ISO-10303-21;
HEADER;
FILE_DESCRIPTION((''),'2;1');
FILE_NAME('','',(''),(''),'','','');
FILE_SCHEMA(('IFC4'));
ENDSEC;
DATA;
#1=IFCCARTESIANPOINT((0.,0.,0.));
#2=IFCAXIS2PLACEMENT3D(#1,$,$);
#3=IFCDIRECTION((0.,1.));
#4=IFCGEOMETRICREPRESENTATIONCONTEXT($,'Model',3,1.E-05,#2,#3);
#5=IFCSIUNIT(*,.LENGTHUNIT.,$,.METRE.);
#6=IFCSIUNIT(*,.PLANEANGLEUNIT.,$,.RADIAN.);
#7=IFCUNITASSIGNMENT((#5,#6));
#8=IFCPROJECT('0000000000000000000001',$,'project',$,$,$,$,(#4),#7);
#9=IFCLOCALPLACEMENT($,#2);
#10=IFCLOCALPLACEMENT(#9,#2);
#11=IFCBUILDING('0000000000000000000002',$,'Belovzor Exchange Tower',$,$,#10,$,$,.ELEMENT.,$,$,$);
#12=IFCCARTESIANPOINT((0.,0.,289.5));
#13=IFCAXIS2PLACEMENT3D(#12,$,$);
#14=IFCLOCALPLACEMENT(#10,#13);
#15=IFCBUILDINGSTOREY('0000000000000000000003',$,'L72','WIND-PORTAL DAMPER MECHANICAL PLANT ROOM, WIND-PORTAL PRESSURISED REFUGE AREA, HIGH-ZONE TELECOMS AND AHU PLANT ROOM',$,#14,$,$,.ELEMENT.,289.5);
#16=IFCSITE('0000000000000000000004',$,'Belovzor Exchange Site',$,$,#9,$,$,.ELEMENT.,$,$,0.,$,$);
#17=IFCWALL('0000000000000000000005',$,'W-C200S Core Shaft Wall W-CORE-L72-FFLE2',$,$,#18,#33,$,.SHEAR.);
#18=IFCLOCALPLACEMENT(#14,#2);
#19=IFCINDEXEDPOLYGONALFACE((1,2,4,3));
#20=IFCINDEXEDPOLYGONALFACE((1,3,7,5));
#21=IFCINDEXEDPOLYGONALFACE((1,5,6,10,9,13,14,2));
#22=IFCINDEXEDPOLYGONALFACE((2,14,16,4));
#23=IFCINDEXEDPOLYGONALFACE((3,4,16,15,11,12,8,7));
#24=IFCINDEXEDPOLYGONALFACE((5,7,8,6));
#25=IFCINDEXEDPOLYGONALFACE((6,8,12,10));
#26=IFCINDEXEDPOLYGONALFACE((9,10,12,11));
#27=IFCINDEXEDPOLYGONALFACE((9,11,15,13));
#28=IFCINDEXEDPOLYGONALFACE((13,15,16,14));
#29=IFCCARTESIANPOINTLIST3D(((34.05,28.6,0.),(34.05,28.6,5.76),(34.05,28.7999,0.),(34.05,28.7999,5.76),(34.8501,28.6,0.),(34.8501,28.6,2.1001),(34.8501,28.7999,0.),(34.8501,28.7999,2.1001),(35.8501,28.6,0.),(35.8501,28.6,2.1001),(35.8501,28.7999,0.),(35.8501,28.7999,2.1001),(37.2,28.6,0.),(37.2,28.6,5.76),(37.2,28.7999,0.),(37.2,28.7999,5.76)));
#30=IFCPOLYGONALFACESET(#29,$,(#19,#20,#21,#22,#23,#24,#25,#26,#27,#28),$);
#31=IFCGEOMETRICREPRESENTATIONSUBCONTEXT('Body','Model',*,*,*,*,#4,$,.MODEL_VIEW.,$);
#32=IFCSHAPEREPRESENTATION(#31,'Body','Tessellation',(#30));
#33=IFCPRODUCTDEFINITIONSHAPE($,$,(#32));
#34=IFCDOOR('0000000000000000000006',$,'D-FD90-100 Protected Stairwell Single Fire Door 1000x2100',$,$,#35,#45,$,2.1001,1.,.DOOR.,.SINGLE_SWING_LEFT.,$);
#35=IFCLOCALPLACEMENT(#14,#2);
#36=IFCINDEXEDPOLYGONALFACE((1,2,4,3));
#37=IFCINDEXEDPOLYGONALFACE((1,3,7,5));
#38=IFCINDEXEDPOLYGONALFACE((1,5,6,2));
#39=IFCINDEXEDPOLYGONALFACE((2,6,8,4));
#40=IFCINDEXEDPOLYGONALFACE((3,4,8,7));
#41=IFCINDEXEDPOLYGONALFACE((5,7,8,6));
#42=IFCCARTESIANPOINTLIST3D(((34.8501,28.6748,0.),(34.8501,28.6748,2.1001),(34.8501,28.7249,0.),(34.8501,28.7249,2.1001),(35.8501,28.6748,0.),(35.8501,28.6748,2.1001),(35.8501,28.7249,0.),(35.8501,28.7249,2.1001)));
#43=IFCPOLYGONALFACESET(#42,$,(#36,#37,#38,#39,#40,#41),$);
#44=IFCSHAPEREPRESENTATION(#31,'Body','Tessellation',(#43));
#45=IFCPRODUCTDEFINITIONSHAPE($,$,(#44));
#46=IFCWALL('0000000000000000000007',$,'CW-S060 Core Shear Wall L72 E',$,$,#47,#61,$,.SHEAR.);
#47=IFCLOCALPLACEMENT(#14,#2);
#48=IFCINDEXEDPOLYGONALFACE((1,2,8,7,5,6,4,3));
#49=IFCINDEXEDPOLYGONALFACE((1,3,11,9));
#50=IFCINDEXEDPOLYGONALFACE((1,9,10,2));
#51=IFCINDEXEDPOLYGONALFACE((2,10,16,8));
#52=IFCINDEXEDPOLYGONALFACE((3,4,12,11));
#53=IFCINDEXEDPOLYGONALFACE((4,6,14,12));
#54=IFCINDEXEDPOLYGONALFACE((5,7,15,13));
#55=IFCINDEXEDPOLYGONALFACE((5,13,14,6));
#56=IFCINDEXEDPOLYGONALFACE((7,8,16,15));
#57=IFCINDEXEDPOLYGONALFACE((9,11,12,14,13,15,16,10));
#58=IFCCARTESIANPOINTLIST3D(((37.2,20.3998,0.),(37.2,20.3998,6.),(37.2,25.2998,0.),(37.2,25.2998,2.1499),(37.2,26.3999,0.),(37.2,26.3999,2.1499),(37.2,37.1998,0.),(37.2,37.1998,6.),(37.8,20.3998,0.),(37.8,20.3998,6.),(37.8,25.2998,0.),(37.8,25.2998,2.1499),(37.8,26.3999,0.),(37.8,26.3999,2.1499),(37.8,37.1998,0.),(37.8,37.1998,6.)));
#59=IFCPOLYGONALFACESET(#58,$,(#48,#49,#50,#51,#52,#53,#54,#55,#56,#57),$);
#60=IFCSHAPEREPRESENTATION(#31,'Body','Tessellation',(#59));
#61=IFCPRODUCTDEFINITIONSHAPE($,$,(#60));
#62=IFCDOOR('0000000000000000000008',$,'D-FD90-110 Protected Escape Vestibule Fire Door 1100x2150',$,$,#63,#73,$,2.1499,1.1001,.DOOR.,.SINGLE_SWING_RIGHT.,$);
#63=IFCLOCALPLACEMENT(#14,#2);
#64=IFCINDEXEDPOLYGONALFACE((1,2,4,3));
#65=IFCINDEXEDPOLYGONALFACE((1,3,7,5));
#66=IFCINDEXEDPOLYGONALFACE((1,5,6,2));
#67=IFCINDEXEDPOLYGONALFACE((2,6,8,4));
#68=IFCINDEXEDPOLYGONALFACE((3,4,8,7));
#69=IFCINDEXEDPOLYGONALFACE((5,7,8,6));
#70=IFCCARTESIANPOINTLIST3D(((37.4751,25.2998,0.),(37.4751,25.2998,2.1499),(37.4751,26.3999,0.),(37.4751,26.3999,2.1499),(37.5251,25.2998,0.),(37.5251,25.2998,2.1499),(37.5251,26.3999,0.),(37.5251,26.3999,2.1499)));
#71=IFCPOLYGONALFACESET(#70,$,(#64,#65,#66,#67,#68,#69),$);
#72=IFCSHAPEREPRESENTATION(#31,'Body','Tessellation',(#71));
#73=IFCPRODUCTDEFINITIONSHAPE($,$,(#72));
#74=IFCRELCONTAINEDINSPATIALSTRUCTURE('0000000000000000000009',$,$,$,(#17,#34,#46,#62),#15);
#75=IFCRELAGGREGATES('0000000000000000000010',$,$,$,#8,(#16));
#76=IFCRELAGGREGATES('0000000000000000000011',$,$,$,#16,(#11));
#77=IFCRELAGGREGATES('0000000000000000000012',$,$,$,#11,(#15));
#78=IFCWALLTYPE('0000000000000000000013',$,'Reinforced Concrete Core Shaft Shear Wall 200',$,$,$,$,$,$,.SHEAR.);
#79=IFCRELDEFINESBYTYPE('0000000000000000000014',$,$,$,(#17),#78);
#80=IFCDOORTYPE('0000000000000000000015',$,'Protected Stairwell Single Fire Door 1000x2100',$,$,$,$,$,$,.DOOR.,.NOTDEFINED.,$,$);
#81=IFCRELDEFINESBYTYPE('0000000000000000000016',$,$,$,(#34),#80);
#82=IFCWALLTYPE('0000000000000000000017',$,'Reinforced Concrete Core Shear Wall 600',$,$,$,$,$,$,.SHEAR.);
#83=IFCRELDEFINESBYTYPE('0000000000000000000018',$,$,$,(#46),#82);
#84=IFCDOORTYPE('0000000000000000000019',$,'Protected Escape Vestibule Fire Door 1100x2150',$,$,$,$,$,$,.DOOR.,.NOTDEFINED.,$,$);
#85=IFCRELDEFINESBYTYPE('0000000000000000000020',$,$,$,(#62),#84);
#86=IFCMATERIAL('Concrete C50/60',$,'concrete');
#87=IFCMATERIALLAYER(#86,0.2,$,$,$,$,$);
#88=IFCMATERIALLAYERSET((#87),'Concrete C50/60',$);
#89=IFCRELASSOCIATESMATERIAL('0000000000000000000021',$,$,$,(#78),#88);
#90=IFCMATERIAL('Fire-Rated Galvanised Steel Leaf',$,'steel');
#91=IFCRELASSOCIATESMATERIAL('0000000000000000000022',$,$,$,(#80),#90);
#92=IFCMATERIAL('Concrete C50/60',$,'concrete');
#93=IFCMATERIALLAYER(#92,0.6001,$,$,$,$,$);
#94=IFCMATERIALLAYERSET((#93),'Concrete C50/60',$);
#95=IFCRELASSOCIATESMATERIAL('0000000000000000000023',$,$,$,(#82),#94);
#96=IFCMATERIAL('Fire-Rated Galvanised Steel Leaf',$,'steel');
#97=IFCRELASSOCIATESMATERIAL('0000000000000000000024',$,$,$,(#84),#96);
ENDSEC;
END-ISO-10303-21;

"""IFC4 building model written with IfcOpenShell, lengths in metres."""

from ifc_helpers import new_model, si_unit, direction, frame, frame_2d, origin, place, context, subcontext, project, spatial, rectangle, extrude, material, layer, layer_set, type_object, element, fill, save


model = new_model("IFC4")

# Units and contexts
model_context = context("Model", 3, precision=1e-05, world=origin(), true_north=direction((0.0, 1.0)))
body_context = subcontext(model_context, "Body", "Model", "MODEL_VIEW")
ifc_project = project(units=[si_unit("LENGTHUNIT", "METRE"), si_unit("PLANEANGLEUNIT", "RADIAN")], contexts=[model_context])

# Site, building, storey
site_placement = place(None, origin())
site = spatial("IfcSite", under=ifc_project, at=site_placement, Name="Belovzor Exchange Site", CompositionType="ELEMENT", RefElevation=0.0)
building_placement = place(site_placement, origin())
building = spatial("IfcBuilding", under=site, at=building_placement, Name="Belovzor Exchange Tower", CompositionType="ELEMENT")
storey_placement = place(building_placement, frame((0.0, 0.0, 289.5)))
storey = spatial("IfcBuildingStorey", under=building, at=storey_placement, Name="L72", Description="WIND-PORTAL DAMPER MECHANICAL PLANT ROOM, WIND-PORTAL PRESSURISED REFUGE AREA, HIGH-ZONE TELECOMS AND AHU PLANT ROOM", CompositionType="ELEMENT", Elevation=289.5)

# Walls, openings, doors
ifc_material_1 = material(Name="Concrete C50/60", Category="concrete")
ifc_layer_1 = layer(ifc_material_1, 0.2)
ifc_layer_set_1 = layer_set([ifc_layer_1], Name="Concrete C50/60")
wall_type_1 = type_object("IfcWallType", Name="Reinforced Concrete Core Shaft Shear Wall 200", PredefinedType="SHEAR", material=ifc_layer_set_1)
wall_1_placement = place(storey_placement, frame((34.05, 28.7, 0.0), z_axis=(0.0, 0.0, 1.0), x_axis=(1.0, 0.0, 0.0)))
wall_1 = element("IfcWall", 1, at=wall_1_placement, inside=storey, type_object=wall_type_1, Name="W-C200S Core Shaft Wall W-CORE-L72-FFLE2", PredefinedType="SHEAR", context=body_context, shape_type="SweptSolid", body=[
    extrude(rectangle(XDim=3.1499, YDim=0.2, at=frame_2d((1.575, 0.0))), origin(), (0.0, 0.0, 1.0), 5.76),
])
opening_1_placement = place(wall_1_placement, frame((0.8, 0.0, 0.0)))
opening_1 = element("IfcOpeningElement", 2, at=opening_1_placement, cuts=wall_1, PredefinedType="OPENING", context=body_context, shape_type="SweptSolid", body=[
    extrude(rectangle(XDim=1.0, YDim=2.1001, at=frame_2d((0.5, 1.05))), frame((0.0, 0.1099, 0.0), z_axis=(0.0, -1.0, 0.0), x_axis=(1.0, 0.0, 0.0)), (0.0, 0.0, 1.0), 0.22),
])
ifc_material_2 = material(Name="Fire-Rated Galvanised Steel Leaf", Category="steel")
door_type_1 = type_object("IfcDoorType", Name="Protected Stairwell Single Fire Door 1000x2100", OperationType="NOTDEFINED", PredefinedType="DOOR", material=ifc_material_2)
door_1_placement = place(opening_1_placement, origin())
door_1 = element("IfcDoor", 3, at=door_1_placement, inside=storey, type_object=door_type_1, Name="D-FD90-100 Protected Stairwell Single Fire Door 1000x2100", OperationType="SINGLE_SWING_LEFT", OverallHeight=2.1001, OverallWidth=1.0, PredefinedType="DOOR", context=body_context, shape_type="SweptSolid", body=[
    extrude(rectangle(XDim=1.0, YDim=2.1001, at=frame_2d((0.5, 1.05))), frame((0.0, 0.0249, 0.0), z_axis=(0.0, -1.0, 0.0), x_axis=(1.0, 0.0, 0.0)), (0.0, 0.0, 1.0), 0.05),
])
fill(opening_1, door_1)
ifc_material_3 = material(Name="Concrete C50/60", Category="concrete")
ifc_layer_2 = layer(ifc_material_3, 0.6001)
ifc_layer_set_2 = layer_set([ifc_layer_2], Name="Concrete C50/60")
wall_type_2 = type_object("IfcWallType", Name="Reinforced Concrete Core Shear Wall 600", PredefinedType="SHEAR", material=ifc_layer_set_2)
wall_2_placement = place(storey_placement, frame((37.5, 20.3999, 0.0), z_axis=(0.0, 0.0, 1.0), x_axis=(0.0, 1.0, 0.0)))
wall_2 = element("IfcWall", 4, at=wall_2_placement, inside=storey, type_object=wall_type_2, Name="CW-S060 Core Shear Wall L72 E", PredefinedType="SHEAR", context=body_context, shape_type="SweptSolid", body=[
    extrude(rectangle(XDim=16.8, YDim=0.6001, at=frame_2d((8.3999, 0.0))), origin(), (0.0, 0.0, 1.0), 6.0),
])
opening_2_placement = place(wall_2_placement, frame((4.8999, 0.0, 0.0)))
opening_2 = element("IfcOpeningElement", 5, at=opening_2_placement, cuts=wall_2, PredefinedType="OPENING", context=body_context, shape_type="SweptSolid", body=[
    extrude(rectangle(XDim=1.1001, YDim=2.1499, at=frame_2d((0.55, 1.075))), frame((0.0, 0.3101, 0.0), z_axis=(0.0, -1.0, 0.0), x_axis=(1.0, 0.0, 0.0)), (0.0, 0.0, 1.0), 0.6201),
])
ifc_material_4 = material(Name="Fire-Rated Galvanised Steel Leaf", Category="steel")
door_type_2 = type_object("IfcDoorType", Name="Protected Escape Vestibule Fire Door 1100x2150", OperationType="NOTDEFINED", PredefinedType="DOOR", material=ifc_material_4)
door_2_placement = place(opening_2_placement, origin())
door_2 = element("IfcDoor", 6, at=door_2_placement, inside=storey, type_object=door_type_2, Name="D-FD90-110 Protected Escape Vestibule Fire Door 1100x2150", OperationType="SINGLE_SWING_RIGHT", OverallHeight=2.1499, OverallWidth=1.1001, PredefinedType="DOOR", context=body_context, shape_type="SweptSolid", body=[
    extrude(rectangle(XDim=1.1001, YDim=2.1499, at=frame_2d((0.55, 1.075))), frame((0.0, 0.0249, 0.0), z_axis=(0.0, -1.0, 0.0), x_axis=(1.0, 0.0, 0.0)), (0.0, 0.0, 1.0), 0.05),
])
fill(opening_2, door_2)

save(model, "model.ifc")
